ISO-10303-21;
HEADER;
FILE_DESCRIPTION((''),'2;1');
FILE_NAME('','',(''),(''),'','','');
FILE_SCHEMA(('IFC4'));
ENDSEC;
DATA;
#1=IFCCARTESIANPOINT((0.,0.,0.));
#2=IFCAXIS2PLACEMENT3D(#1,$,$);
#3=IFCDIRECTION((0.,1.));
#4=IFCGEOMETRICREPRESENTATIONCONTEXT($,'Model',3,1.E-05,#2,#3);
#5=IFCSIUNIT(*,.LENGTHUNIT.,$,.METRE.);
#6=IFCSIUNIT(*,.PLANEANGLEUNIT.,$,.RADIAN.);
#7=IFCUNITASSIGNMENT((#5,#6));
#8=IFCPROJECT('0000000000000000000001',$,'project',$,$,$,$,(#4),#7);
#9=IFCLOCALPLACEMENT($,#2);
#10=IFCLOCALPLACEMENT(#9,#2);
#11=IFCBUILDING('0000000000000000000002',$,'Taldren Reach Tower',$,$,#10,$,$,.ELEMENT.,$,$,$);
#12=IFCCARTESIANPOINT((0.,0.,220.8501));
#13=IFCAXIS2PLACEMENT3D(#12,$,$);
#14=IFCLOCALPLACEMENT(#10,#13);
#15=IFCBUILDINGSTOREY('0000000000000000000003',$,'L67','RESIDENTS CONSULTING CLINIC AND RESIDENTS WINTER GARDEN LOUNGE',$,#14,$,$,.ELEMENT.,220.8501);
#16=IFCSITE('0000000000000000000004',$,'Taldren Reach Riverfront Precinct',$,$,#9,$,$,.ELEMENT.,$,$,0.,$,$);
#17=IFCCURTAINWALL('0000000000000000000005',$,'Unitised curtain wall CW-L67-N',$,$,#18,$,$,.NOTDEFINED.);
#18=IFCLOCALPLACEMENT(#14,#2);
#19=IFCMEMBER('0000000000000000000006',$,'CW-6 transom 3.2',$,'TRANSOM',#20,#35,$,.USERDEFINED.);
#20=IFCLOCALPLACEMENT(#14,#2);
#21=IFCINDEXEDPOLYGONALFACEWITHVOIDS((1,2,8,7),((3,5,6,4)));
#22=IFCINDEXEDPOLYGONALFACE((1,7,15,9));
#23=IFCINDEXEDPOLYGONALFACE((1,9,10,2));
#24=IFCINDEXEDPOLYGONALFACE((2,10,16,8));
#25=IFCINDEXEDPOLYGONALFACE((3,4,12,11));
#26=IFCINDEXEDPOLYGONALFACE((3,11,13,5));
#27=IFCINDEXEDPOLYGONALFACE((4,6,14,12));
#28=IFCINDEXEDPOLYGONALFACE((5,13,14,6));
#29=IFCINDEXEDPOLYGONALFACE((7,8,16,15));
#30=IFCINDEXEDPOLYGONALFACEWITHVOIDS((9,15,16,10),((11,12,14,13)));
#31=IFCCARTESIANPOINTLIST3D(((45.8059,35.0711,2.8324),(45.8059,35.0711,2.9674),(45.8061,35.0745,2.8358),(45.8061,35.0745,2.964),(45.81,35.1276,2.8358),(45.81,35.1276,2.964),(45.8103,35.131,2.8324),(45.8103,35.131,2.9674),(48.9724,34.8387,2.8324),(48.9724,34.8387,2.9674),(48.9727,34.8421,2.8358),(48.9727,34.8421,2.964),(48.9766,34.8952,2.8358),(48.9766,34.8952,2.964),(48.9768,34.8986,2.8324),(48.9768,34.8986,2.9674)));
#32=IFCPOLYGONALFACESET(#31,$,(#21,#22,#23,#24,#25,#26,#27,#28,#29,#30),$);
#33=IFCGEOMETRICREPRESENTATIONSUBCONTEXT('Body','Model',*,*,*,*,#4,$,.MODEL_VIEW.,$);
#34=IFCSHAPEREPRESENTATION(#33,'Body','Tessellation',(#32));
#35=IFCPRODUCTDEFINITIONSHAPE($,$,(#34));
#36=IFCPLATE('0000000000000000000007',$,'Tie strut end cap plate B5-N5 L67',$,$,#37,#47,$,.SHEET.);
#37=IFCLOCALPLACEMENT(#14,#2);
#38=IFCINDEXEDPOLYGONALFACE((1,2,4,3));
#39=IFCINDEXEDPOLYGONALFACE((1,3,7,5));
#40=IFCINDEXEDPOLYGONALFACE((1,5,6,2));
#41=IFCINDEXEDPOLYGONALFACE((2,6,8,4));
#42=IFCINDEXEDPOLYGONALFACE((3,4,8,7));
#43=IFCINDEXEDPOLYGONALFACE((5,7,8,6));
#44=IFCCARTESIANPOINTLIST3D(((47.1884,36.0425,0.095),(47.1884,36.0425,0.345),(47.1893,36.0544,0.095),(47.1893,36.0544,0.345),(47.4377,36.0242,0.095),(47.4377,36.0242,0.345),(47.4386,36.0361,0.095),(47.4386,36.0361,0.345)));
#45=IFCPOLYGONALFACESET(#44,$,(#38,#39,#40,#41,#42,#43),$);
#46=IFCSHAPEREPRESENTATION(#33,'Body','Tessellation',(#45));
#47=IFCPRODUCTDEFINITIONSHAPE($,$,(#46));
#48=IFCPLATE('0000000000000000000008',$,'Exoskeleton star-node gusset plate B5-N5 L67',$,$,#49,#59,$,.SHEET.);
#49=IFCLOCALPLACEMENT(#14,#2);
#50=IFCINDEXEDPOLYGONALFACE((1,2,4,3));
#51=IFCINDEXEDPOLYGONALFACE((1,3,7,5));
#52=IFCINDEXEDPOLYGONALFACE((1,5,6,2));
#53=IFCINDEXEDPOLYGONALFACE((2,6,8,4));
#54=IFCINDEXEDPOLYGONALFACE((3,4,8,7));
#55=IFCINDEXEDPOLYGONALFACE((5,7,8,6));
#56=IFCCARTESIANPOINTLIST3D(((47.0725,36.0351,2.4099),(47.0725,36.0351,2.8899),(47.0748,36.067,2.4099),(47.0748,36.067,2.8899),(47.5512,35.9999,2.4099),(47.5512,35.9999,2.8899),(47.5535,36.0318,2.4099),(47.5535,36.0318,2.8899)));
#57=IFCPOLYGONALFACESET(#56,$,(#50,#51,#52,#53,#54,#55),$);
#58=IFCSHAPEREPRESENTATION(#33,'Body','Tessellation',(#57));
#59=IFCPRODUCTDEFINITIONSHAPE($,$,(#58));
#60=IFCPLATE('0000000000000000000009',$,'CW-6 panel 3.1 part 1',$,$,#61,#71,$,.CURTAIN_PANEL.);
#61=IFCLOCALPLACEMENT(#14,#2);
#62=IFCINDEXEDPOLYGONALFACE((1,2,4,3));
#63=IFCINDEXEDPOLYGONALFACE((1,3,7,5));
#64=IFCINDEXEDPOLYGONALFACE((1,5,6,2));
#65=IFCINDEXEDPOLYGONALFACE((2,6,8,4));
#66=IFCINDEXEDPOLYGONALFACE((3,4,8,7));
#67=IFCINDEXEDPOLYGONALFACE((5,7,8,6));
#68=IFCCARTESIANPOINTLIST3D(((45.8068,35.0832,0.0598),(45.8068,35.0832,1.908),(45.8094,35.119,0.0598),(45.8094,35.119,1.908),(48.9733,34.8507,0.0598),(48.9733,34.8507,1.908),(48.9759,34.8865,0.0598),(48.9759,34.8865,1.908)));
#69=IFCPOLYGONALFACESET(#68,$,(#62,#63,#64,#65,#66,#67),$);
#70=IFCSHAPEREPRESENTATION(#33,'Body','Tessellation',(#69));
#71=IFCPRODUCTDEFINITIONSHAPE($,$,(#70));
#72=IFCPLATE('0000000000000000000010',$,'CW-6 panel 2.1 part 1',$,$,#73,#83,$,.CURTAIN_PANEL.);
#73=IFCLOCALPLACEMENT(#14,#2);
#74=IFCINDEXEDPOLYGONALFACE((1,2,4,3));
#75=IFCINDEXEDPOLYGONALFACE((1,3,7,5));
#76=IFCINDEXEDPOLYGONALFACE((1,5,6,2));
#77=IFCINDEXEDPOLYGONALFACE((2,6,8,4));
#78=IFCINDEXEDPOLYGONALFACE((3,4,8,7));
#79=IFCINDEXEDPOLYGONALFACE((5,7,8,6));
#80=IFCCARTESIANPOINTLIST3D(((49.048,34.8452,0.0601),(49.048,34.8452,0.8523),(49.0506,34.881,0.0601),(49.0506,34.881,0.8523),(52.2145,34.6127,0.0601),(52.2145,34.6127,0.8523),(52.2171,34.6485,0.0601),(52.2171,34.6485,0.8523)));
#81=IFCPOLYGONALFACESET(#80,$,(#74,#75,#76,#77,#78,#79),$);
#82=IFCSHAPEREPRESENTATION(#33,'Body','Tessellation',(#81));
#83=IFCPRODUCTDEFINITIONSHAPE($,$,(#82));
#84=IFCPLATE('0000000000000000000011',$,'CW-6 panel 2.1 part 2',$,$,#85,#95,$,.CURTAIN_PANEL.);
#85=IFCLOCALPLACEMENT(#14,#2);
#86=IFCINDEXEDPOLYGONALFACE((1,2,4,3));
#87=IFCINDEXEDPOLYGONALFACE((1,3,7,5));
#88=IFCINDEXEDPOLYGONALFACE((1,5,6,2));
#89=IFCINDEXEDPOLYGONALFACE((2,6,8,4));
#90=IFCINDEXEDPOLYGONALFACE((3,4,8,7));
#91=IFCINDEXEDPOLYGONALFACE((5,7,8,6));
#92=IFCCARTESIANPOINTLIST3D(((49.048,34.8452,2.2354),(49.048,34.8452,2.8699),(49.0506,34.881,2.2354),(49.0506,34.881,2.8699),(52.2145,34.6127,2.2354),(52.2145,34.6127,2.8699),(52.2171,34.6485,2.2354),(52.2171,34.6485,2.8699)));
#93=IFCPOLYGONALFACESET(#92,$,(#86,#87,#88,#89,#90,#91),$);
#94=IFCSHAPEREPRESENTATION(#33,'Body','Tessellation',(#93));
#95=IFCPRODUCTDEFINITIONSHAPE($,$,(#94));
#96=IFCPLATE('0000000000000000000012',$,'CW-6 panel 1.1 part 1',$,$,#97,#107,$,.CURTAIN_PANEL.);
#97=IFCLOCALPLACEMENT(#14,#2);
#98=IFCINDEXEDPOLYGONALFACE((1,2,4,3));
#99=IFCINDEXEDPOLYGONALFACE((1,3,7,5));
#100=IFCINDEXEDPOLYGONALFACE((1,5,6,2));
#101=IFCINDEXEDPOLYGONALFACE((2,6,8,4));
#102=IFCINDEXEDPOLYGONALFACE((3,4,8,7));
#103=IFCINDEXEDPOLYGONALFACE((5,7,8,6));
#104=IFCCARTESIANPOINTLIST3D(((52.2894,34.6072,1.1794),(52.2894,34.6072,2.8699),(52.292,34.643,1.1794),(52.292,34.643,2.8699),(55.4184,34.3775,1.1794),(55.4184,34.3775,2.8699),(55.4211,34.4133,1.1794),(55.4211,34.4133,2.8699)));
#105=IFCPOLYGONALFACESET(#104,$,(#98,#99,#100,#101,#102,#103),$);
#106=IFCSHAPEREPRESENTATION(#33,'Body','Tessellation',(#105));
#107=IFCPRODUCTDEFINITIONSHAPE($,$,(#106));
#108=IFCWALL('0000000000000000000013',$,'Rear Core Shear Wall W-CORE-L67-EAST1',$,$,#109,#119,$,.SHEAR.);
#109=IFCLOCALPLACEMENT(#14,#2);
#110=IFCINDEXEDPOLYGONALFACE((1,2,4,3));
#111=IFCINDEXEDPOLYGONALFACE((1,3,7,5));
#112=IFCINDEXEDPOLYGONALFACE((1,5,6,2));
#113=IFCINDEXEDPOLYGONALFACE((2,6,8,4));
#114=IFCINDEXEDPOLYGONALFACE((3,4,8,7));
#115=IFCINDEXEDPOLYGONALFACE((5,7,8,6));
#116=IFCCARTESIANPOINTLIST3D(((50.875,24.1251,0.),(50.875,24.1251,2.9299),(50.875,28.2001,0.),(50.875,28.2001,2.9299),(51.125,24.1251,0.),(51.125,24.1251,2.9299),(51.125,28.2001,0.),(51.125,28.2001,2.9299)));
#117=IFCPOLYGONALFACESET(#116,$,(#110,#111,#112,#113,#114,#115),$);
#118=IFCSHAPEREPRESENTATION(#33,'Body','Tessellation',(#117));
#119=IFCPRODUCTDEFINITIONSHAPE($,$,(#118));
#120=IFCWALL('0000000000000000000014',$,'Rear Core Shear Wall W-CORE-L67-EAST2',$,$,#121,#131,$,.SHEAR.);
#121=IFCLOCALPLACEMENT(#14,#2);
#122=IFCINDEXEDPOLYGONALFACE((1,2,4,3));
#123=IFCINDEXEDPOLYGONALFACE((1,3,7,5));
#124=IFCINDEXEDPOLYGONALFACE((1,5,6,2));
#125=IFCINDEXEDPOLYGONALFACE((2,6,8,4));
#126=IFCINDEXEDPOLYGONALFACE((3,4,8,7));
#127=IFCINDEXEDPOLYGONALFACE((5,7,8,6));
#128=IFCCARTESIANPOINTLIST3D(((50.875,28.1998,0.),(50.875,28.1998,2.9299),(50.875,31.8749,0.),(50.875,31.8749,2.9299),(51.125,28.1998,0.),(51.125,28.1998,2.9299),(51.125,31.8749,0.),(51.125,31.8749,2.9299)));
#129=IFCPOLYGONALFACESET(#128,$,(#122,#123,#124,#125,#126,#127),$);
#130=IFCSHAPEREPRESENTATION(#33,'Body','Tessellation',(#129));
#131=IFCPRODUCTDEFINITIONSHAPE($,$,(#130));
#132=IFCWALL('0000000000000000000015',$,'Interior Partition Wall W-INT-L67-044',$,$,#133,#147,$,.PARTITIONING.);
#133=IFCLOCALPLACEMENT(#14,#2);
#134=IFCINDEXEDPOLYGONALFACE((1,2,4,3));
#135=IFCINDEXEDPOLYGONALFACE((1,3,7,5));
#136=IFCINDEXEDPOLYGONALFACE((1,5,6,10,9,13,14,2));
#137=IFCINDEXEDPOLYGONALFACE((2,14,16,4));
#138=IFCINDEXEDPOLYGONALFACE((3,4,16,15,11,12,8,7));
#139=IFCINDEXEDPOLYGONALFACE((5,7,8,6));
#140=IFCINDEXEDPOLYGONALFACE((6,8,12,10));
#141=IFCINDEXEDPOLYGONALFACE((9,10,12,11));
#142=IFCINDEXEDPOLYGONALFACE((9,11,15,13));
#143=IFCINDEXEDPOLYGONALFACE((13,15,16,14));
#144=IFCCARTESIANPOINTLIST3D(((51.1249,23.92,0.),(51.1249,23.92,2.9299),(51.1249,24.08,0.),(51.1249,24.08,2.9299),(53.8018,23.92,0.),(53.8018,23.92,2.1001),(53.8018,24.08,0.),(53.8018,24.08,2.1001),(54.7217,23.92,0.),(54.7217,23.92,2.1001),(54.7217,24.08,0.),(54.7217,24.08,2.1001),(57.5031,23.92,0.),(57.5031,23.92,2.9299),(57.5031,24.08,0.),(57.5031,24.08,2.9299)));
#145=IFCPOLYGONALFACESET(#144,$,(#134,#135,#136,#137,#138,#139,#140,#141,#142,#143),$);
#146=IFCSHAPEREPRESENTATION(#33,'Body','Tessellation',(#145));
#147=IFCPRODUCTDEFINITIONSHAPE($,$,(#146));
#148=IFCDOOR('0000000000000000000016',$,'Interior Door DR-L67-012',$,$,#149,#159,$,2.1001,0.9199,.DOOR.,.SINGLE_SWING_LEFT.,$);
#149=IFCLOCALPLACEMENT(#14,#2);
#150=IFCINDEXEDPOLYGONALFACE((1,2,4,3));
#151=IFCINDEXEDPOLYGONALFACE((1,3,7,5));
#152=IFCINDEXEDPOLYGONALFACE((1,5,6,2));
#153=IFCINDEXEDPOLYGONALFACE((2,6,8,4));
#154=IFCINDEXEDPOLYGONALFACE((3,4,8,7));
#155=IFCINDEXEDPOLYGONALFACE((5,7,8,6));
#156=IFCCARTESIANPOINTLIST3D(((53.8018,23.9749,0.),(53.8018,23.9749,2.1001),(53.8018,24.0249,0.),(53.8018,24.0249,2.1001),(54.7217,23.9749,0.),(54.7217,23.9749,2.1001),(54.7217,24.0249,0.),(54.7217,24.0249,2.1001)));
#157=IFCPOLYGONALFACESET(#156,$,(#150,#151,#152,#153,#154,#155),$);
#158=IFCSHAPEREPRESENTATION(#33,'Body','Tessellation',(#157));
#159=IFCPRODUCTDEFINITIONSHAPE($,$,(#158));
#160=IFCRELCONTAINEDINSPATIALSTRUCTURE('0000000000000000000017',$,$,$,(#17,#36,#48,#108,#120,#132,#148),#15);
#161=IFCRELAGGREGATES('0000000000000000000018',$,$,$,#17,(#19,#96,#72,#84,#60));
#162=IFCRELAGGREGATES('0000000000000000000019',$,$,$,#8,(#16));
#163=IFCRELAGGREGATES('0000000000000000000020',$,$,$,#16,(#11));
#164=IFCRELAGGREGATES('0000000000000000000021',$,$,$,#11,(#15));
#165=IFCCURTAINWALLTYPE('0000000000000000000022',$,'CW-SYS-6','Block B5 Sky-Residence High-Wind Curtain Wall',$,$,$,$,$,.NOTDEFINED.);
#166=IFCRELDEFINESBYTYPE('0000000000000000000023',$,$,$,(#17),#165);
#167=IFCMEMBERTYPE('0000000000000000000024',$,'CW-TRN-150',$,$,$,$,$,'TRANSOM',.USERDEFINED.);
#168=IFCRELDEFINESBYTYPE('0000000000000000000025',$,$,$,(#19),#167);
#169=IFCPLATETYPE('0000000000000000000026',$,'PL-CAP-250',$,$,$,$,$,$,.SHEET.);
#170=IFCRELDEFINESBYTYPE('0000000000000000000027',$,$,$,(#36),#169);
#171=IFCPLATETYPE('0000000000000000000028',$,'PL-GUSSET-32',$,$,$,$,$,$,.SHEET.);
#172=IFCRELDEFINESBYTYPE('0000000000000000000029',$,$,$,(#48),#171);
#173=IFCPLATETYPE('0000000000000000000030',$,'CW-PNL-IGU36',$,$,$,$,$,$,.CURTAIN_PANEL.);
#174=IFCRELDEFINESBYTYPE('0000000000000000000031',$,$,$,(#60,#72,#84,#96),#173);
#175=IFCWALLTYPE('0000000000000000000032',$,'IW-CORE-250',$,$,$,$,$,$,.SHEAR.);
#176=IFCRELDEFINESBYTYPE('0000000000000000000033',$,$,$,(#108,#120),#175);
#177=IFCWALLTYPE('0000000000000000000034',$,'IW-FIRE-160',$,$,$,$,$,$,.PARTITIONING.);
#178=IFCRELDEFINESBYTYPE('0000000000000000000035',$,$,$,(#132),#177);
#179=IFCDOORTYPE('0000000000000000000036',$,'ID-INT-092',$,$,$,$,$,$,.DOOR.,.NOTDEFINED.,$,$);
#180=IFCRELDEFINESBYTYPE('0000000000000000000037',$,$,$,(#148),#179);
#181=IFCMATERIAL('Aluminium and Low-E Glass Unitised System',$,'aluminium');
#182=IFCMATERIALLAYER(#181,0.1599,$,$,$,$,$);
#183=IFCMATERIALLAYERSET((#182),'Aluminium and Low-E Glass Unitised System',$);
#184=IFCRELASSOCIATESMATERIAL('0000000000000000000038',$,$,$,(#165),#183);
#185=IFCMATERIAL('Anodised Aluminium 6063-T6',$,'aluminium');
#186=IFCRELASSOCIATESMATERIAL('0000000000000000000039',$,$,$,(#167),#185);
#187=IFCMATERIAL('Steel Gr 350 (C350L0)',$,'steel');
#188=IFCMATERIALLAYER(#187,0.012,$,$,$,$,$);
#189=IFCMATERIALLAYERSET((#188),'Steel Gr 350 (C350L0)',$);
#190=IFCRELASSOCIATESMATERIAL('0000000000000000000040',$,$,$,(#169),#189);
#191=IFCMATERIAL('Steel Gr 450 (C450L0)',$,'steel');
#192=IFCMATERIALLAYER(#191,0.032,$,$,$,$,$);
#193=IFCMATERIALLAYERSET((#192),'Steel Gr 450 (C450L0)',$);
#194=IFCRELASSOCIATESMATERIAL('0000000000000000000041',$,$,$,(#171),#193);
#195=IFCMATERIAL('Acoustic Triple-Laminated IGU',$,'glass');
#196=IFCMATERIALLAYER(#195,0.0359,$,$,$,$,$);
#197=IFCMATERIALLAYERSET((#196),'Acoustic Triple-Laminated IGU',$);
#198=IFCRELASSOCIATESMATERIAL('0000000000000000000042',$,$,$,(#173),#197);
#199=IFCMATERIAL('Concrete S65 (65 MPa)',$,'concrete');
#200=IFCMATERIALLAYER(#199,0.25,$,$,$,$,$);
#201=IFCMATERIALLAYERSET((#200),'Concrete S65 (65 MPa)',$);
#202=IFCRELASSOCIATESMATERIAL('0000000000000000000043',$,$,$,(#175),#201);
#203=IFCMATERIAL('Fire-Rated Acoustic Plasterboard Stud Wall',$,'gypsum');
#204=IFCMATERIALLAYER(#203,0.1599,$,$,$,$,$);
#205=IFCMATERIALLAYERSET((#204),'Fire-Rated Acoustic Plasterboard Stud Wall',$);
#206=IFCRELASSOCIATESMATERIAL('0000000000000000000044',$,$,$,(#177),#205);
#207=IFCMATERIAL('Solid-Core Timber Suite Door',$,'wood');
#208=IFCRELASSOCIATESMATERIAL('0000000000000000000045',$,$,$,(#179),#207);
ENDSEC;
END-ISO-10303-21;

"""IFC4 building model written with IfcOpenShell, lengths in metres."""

from ifc_helpers import new_model, si_unit, direction, frame, frame_2d, origin, origin_2d, place, context, subcontext, project, spatial, rectangle, hollow_rectangle, extrude, source, transform, mapped, material, layer, layer_set, material_profile, profile_set, type_object, element, fill, aggregate, save


model = new_model("IFC4")

# Units and contexts
model_context = context("Model", 3, precision=1e-05, world=origin(), true_north=direction((0.0, 1.0)))
body_context = subcontext(model_context, "Body", "Model", "MODEL_VIEW")
ifc_project = project(units=[si_unit("LENGTHUNIT", "METRE"), si_unit("PLANEANGLEUNIT", "RADIAN")], contexts=[model_context])

# Site, building, storey
site_placement = place(None, origin())
site = spatial("IfcSite", under=ifc_project, at=site_placement, Name="Taldren Reach Riverfront Precinct", CompositionType="ELEMENT", RefElevation=0.0)
building_placement = place(site_placement, origin())
building = spatial("IfcBuilding", under=site, at=building_placement, Name="Taldren Reach Tower", CompositionType="ELEMENT")
storey_placement = place(building_placement, frame((0.0, 0.0, 220.8501)))
storey = spatial("IfcBuildingStorey", under=building, at=storey_placement, Name="L67", Description="RESIDENTS CONSULTING CLINIC AND RESIDENTS WINTER GARDEN LOUNGE", CompositionType="ELEMENT", Elevation=220.8501)

# Shared definitions
ifc_material_1 = material(Name="Steel Gr 450 (C450L0)", Category="steel")

# Shared definitions
ifc_material_2 = material(Name="Steel Gr 350 (C350L0)", Category="steel")

# Curtain wall, member
ifc_material_3 = material(Name="Aluminium and Low-E Glass Unitised System", Category="aluminium")
ifc_layer_1 = layer(ifc_material_3, 0.1599)
ifc_layer_set_1 = layer_set([ifc_layer_1], Name="Aluminium and Low-E Glass Unitised System")
curtain_wall_type = type_object("IfcCurtainWallType", Name="CW-SYS-6", Description="Block B5 Sky-Residence High-Wind Curtain Wall", PredefinedType="NOTDEFINED", material=ifc_layer_set_1)
curtain_wall_placement = place(storey_placement, origin())
curtain_wall = element("IfcCurtainWall", 1, at=curtain_wall_placement, inside=storey, type_object=curtain_wall_type, Name="Unitised curtain wall CW-L67-N", PredefinedType="NOTDEFINED")
ifc_material_4 = material(Name="Anodised Aluminium 6063-T6", Category="aluminium")
ifc_material_profile_1 = material_profile(ifc_material_4, hollow_rectangle(XDim=0.0601, YDim=0.135, WallThickness=0.0034, at=origin_2d()), Name="ALU-135x60x3.5RHS")
ifc_profile_set_1 = profile_set([ifc_material_profile_1], Name="Anodised Aluminium 6063-T6")
member_type_1 = type_object("IfcMemberType", Name="CW-TRN-150", ElementType="TRANSOM", PredefinedType="USERDEFINED", material=ifc_profile_set_1)
shared_shape_1 = source(origin(), body_context, "Body", "SweptSolid", [
    extrude(hollow_rectangle(XDim=0.0601, YDim=0.135, WallThickness=0.0034, at=origin_2d()), origin(), (0.0, 0.0, 1.0), 3.175),
])
member_1_placement = place(storey_placement, frame((48.9746, 34.8687, 2.8999), z_axis=(-0.997317, 0.073203, 0.0), x_axis=(-0.073203, -0.997317, 0.0)))
member_1 = element("IfcMember", 2, at=member_1_placement, type_object=member_type_1, Name="CW-6 transom 3.2", ObjectType="TRANSOM", PredefinedType="USERDEFINED", context=body_context, shape_type="MappedRepresentation", body=[
    mapped(shared_shape_1, transform((0.0, 0.0, 0.0), scale=1.0)),
])

# Plates
ifc_layer_2 = layer(ifc_material_2, 0.012)
ifc_layer_set_2 = layer_set([ifc_layer_2], Name="Steel Gr 350 (C350L0)")
plate_type_1 = type_object("IfcPlateType", Name="PL-CAP-250", PredefinedType="SHEET", material=ifc_layer_set_2)
shared_shape_2 = source(origin(), body_context, "Body", "SweptSolid", [
    extrude(rectangle(XDim=0.25, YDim=0.012, at=origin_2d()), origin(), (0.0, 0.0, 1.0), 0.25),
])
plate_1_placement = place(storey_placement, frame((47.3135, 36.0393, 0.095), z_axis=(0.0, 0.0, 1.0), x_axis=(0.997314, -0.073238, 0.0)))
element("IfcPlate", 3, at=plate_1_placement, inside=storey, type_object=plate_type_1, Name="Tie strut end cap plate B5-N5 L67", PredefinedType="SHEET", context=body_context, shape_type="MappedRepresentation", body=[
    mapped(shared_shape_2, transform((0.0, 0.0, 0.0), scale=1.0)),
])
ifc_layer_3 = layer(ifc_material_1, 0.032)
ifc_layer_set_3 = layer_set([ifc_layer_3], Name="Steel Gr 450 (C450L0)")
plate_type_2 = type_object("IfcPlateType", Name="PL-GUSSET-32", PredefinedType="SHEET", material=ifc_layer_set_3)
shared_shape_3 = source(origin(), body_context, "Body", "SweptSolid", [
    extrude(rectangle(XDim=0.48, YDim=0.032, at=origin_2d()), origin(), (0.0, 0.0, 1.0), 0.48),
])
plate_2_placement = place(storey_placement, frame((47.313, 36.0334, 2.4099), z_axis=(0.0, 0.0, 1.0), x_axis=(0.997314, -0.073238, 0.0)))
element("IfcPlate", 4, at=plate_2_placement, inside=storey, type_object=plate_type_2, Name="Exoskeleton star-node gusset plate B5-N5 L67", PredefinedType="SHEET", context=body_context, shape_type="MappedRepresentation", body=[
    mapped(shared_shape_3, transform((0.0, 0.0, 0.0), scale=1.0)),
])

# Plates
ifc_material_5 = material(Name="Acoustic Triple-Laminated IGU", Category="glass")
ifc_layer_4 = layer(ifc_material_5, 0.0359)
ifc_layer_set_4 = layer_set([ifc_layer_4], Name="Acoustic Triple-Laminated IGU")
plate_type_3 = type_object("IfcPlateType", Name="CW-PNL-IGU36", PredefinedType="CURTAIN_PANEL", material=ifc_layer_set_4)
shared_shape_4 = source(origin(), body_context, "Body", "SweptSolid", [
    extrude(rectangle(XDim=3.175, YDim=0.0359, at=origin_2d()), origin(), (0.0, 0.0, 1.0), 1.8481),
])
plate_3_placement = place(storey_placement, frame((47.3914, 34.9849, 0.0598), z_axis=(0.0, 0.0, 1.0), x_axis=(-0.997314, 0.073238, 0.0)))
plate_3 = element("IfcPlate", 5, at=plate_3_placement, type_object=plate_type_3, Name="CW-6 panel 3.1 part 1", PredefinedType="CURTAIN_PANEL", context=body_context, shape_type="MappedRepresentation", body=[
    mapped(shared_shape_4, transform((0.0, 0.0, 0.0), scale=1.0)),
])
shared_shape_5 = source(origin(), body_context, "Body", "SweptSolid", [
    extrude(rectangle(XDim=3.175, YDim=0.0359, at=origin_2d()), origin(), (0.0, 0.0, 1.0), 0.7922),
])
plate_4_placement = place(storey_placement, frame((50.6326, 34.7468, 0.0601), z_axis=(0.0, 0.0, 1.0), x_axis=(-0.997314, 0.073238, 0.0)))
plate_4 = element("IfcPlate", 6, at=plate_4_placement, type_object=plate_type_3, Name="CW-6 panel 2.1 part 1", PredefinedType="CURTAIN_PANEL", context=body_context, shape_type="MappedRepresentation", body=[
    mapped(shared_shape_5, transform((0.0, 0.0, 0.0), scale=1.0)),
])
shared_shape_6 = source(origin(), body_context, "Body", "SweptSolid", [
    extrude(rectangle(XDim=3.175, YDim=0.0359, at=origin_2d()), origin(), (0.0, 0.0, 1.0), 0.6345),
])
plate_5_placement = place(storey_placement, frame((50.6326, 34.7468, 2.2354), z_axis=(0.0, 0.0, 1.0), x_axis=(-0.997314, 0.073238, 0.0)))
plate_5 = element("IfcPlate", 7, at=plate_5_placement, type_object=plate_type_3, Name="CW-6 panel 2.1 part 2", PredefinedType="CURTAIN_PANEL", context=body_context, shape_type="MappedRepresentation", body=[
    mapped(shared_shape_6, transform((0.0, 0.0, 0.0), scale=1.0)),
])
shared_shape_7 = source(origin(), body_context, "Body", "SweptSolid", [
    extrude(rectangle(XDim=3.1375, YDim=0.0359, at=origin_2d()), origin(), (0.0, 0.0, 1.0), 1.6904),
])
plate_6_placement = place(storey_placement, frame((53.8552, 34.5103, 1.1794), z_axis=(0.0, 0.0, 1.0), x_axis=(-0.997314, 0.073238, 0.0)))
plate_6 = element("IfcPlate", 8, at=plate_6_placement, type_object=plate_type_3, Name="CW-6 panel 1.1 part 1", PredefinedType="CURTAIN_PANEL", context=body_context, shape_type="MappedRepresentation", body=[
    mapped(shared_shape_7, transform((0.0, 0.0, 0.0), scale=1.0)),
])
aggregate(curtain_wall, [member_1, plate_6, plate_4, plate_5, plate_3])

# Walls
ifc_material_6 = material(Name="Concrete S65 (65 MPa)", Category="concrete")
ifc_layer_5 = layer(ifc_material_6, 0.25)
ifc_layer_set_5 = layer_set([ifc_layer_5], Name="Concrete S65 (65 MPa)")
wall_type_1 = type_object("IfcWallType", Name="IW-CORE-250", PredefinedType="SHEAR", material=ifc_layer_set_5)
shared_shape_8 = source(origin(), body_context, "Body", "SweptSolid", [
    extrude(rectangle(XDim=4.075, YDim=0.25, at=frame_2d((2.0376, 0.0))), origin(), (0.0, 0.0, 1.0), 2.9299),
])
wall_1_placement = place(storey_placement, frame((51.0, 24.125, 0.0), z_axis=(0.0, 0.0, 1.0), x_axis=(0.0, 1.0, 0.0)))
element("IfcWall", 9, at=wall_1_placement, inside=storey, type_object=wall_type_1, Name="Rear Core Shear Wall W-CORE-L67-EAST1", PredefinedType="SHEAR", context=body_context, shape_type="MappedRepresentation", body=[
    mapped(shared_shape_8, transform((0.0, 0.0, 0.0), scale=1.0)),
])
shared_shape_9 = source(origin(), body_context, "Body", "SweptSolid", [
    extrude(rectangle(XDim=3.675, YDim=0.25, at=frame_2d((1.8374, 0.0))), origin(), (0.0, 0.0, 1.0), 2.9299),
])
wall_2_placement = place(storey_placement, frame((51.0, 28.2, 0.0), z_axis=(0.0, 0.0, 1.0), x_axis=(0.0, 1.0, 0.0)))
element("IfcWall", 10, at=wall_2_placement, inside=storey, type_object=wall_type_1, Name="Rear Core Shear Wall W-CORE-L67-EAST2", PredefinedType="SHEAR", context=body_context, shape_type="MappedRepresentation", body=[
    mapped(shared_shape_9, transform((0.0, 0.0, 0.0), scale=1.0)),
])

# Wall, opening, door
ifc_material_7 = material(Name="Fire-Rated Acoustic Plasterboard Stud Wall", Category="gypsum")
ifc_layer_6 = layer(ifc_material_7, 0.1599)
ifc_layer_set_6 = layer_set([ifc_layer_6], Name="Fire-Rated Acoustic Plasterboard Stud Wall")
wall_type_2 = type_object("IfcWallType", Name="IW-FIRE-160", PredefinedType="PARTITIONING", material=ifc_layer_set_6)
shared_shape_10 = source(origin(), body_context, "Body", "SweptSolid", [
    extrude(rectangle(XDim=6.3782, YDim=0.1599, at=frame_2d((3.189, 0.0))), origin(), (0.0, 0.0, 1.0), 2.9299),
])
wall_3_placement = place(storey_placement, frame((51.125, 24.0, 0.0), z_axis=(0.0, 0.0, 1.0), x_axis=(1.0, 0.0, 0.0)))
wall_3 = element("IfcWall", 11, at=wall_3_placement, inside=storey, type_object=wall_type_2, Name="Interior Partition Wall W-INT-L67-044", PredefinedType="PARTITIONING", context=body_context, shape_type="MappedRepresentation", body=[
    mapped(shared_shape_10, transform((0.0, 0.0, 0.0), scale=1.0)),
])
shared_shape_11 = source(origin(), body_context, "Body", "SweptSolid", [
    extrude(rectangle(XDim=0.9199, YDim=2.1001, at=frame_2d((0.46, 1.05))), frame((0.0, 0.0898, 0.0), z_axis=(0.0, -1.0, 0.0), x_axis=(1.0, 0.0, 0.0)), (0.0, 0.0, 1.0), 0.1799),
])
opening_placement = place(wall_3_placement, frame((2.6768, 0.0, 0.0)))
opening = element("IfcOpeningElement", 12, at=opening_placement, cuts=wall_3, PredefinedType="OPENING", context=body_context, shape_type="MappedRepresentation", body=[
    mapped(shared_shape_11, transform((0.0, 0.0, 0.0), scale=1.0)),
])
ifc_material_8 = material(Name="Solid-Core Timber Suite Door", Category="wood")
door_type = type_object("IfcDoorType", Name="ID-INT-092", OperationType="NOTDEFINED", PredefinedType="DOOR", material=ifc_material_8)
shared_shape_12 = source(origin(), body_context, "Body", "SweptSolid", [
    extrude(rectangle(XDim=0.9199, YDim=2.1001, at=frame_2d((0.46, 1.05))), frame((0.0, 0.0249, 0.0), z_axis=(0.0, -1.0, 0.0), x_axis=(1.0, 0.0, 0.0)), (0.0, 0.0, 1.0), 0.05),
])
door_placement = place(opening_placement, origin())
door = element("IfcDoor", 13, at=door_placement, inside=storey, type_object=door_type, Name="Interior Door DR-L67-012", OperationType="SINGLE_SWING_LEFT", OverallHeight=2.1001, OverallWidth=0.9199, PredefinedType="DOOR", context=body_context, shape_type="MappedRepresentation", body=[
    mapped(shared_shape_12, transform((0.0, 0.0, 0.0), scale=1.0)),
])
fill(opening, door)

save(model, "model.ifc")
